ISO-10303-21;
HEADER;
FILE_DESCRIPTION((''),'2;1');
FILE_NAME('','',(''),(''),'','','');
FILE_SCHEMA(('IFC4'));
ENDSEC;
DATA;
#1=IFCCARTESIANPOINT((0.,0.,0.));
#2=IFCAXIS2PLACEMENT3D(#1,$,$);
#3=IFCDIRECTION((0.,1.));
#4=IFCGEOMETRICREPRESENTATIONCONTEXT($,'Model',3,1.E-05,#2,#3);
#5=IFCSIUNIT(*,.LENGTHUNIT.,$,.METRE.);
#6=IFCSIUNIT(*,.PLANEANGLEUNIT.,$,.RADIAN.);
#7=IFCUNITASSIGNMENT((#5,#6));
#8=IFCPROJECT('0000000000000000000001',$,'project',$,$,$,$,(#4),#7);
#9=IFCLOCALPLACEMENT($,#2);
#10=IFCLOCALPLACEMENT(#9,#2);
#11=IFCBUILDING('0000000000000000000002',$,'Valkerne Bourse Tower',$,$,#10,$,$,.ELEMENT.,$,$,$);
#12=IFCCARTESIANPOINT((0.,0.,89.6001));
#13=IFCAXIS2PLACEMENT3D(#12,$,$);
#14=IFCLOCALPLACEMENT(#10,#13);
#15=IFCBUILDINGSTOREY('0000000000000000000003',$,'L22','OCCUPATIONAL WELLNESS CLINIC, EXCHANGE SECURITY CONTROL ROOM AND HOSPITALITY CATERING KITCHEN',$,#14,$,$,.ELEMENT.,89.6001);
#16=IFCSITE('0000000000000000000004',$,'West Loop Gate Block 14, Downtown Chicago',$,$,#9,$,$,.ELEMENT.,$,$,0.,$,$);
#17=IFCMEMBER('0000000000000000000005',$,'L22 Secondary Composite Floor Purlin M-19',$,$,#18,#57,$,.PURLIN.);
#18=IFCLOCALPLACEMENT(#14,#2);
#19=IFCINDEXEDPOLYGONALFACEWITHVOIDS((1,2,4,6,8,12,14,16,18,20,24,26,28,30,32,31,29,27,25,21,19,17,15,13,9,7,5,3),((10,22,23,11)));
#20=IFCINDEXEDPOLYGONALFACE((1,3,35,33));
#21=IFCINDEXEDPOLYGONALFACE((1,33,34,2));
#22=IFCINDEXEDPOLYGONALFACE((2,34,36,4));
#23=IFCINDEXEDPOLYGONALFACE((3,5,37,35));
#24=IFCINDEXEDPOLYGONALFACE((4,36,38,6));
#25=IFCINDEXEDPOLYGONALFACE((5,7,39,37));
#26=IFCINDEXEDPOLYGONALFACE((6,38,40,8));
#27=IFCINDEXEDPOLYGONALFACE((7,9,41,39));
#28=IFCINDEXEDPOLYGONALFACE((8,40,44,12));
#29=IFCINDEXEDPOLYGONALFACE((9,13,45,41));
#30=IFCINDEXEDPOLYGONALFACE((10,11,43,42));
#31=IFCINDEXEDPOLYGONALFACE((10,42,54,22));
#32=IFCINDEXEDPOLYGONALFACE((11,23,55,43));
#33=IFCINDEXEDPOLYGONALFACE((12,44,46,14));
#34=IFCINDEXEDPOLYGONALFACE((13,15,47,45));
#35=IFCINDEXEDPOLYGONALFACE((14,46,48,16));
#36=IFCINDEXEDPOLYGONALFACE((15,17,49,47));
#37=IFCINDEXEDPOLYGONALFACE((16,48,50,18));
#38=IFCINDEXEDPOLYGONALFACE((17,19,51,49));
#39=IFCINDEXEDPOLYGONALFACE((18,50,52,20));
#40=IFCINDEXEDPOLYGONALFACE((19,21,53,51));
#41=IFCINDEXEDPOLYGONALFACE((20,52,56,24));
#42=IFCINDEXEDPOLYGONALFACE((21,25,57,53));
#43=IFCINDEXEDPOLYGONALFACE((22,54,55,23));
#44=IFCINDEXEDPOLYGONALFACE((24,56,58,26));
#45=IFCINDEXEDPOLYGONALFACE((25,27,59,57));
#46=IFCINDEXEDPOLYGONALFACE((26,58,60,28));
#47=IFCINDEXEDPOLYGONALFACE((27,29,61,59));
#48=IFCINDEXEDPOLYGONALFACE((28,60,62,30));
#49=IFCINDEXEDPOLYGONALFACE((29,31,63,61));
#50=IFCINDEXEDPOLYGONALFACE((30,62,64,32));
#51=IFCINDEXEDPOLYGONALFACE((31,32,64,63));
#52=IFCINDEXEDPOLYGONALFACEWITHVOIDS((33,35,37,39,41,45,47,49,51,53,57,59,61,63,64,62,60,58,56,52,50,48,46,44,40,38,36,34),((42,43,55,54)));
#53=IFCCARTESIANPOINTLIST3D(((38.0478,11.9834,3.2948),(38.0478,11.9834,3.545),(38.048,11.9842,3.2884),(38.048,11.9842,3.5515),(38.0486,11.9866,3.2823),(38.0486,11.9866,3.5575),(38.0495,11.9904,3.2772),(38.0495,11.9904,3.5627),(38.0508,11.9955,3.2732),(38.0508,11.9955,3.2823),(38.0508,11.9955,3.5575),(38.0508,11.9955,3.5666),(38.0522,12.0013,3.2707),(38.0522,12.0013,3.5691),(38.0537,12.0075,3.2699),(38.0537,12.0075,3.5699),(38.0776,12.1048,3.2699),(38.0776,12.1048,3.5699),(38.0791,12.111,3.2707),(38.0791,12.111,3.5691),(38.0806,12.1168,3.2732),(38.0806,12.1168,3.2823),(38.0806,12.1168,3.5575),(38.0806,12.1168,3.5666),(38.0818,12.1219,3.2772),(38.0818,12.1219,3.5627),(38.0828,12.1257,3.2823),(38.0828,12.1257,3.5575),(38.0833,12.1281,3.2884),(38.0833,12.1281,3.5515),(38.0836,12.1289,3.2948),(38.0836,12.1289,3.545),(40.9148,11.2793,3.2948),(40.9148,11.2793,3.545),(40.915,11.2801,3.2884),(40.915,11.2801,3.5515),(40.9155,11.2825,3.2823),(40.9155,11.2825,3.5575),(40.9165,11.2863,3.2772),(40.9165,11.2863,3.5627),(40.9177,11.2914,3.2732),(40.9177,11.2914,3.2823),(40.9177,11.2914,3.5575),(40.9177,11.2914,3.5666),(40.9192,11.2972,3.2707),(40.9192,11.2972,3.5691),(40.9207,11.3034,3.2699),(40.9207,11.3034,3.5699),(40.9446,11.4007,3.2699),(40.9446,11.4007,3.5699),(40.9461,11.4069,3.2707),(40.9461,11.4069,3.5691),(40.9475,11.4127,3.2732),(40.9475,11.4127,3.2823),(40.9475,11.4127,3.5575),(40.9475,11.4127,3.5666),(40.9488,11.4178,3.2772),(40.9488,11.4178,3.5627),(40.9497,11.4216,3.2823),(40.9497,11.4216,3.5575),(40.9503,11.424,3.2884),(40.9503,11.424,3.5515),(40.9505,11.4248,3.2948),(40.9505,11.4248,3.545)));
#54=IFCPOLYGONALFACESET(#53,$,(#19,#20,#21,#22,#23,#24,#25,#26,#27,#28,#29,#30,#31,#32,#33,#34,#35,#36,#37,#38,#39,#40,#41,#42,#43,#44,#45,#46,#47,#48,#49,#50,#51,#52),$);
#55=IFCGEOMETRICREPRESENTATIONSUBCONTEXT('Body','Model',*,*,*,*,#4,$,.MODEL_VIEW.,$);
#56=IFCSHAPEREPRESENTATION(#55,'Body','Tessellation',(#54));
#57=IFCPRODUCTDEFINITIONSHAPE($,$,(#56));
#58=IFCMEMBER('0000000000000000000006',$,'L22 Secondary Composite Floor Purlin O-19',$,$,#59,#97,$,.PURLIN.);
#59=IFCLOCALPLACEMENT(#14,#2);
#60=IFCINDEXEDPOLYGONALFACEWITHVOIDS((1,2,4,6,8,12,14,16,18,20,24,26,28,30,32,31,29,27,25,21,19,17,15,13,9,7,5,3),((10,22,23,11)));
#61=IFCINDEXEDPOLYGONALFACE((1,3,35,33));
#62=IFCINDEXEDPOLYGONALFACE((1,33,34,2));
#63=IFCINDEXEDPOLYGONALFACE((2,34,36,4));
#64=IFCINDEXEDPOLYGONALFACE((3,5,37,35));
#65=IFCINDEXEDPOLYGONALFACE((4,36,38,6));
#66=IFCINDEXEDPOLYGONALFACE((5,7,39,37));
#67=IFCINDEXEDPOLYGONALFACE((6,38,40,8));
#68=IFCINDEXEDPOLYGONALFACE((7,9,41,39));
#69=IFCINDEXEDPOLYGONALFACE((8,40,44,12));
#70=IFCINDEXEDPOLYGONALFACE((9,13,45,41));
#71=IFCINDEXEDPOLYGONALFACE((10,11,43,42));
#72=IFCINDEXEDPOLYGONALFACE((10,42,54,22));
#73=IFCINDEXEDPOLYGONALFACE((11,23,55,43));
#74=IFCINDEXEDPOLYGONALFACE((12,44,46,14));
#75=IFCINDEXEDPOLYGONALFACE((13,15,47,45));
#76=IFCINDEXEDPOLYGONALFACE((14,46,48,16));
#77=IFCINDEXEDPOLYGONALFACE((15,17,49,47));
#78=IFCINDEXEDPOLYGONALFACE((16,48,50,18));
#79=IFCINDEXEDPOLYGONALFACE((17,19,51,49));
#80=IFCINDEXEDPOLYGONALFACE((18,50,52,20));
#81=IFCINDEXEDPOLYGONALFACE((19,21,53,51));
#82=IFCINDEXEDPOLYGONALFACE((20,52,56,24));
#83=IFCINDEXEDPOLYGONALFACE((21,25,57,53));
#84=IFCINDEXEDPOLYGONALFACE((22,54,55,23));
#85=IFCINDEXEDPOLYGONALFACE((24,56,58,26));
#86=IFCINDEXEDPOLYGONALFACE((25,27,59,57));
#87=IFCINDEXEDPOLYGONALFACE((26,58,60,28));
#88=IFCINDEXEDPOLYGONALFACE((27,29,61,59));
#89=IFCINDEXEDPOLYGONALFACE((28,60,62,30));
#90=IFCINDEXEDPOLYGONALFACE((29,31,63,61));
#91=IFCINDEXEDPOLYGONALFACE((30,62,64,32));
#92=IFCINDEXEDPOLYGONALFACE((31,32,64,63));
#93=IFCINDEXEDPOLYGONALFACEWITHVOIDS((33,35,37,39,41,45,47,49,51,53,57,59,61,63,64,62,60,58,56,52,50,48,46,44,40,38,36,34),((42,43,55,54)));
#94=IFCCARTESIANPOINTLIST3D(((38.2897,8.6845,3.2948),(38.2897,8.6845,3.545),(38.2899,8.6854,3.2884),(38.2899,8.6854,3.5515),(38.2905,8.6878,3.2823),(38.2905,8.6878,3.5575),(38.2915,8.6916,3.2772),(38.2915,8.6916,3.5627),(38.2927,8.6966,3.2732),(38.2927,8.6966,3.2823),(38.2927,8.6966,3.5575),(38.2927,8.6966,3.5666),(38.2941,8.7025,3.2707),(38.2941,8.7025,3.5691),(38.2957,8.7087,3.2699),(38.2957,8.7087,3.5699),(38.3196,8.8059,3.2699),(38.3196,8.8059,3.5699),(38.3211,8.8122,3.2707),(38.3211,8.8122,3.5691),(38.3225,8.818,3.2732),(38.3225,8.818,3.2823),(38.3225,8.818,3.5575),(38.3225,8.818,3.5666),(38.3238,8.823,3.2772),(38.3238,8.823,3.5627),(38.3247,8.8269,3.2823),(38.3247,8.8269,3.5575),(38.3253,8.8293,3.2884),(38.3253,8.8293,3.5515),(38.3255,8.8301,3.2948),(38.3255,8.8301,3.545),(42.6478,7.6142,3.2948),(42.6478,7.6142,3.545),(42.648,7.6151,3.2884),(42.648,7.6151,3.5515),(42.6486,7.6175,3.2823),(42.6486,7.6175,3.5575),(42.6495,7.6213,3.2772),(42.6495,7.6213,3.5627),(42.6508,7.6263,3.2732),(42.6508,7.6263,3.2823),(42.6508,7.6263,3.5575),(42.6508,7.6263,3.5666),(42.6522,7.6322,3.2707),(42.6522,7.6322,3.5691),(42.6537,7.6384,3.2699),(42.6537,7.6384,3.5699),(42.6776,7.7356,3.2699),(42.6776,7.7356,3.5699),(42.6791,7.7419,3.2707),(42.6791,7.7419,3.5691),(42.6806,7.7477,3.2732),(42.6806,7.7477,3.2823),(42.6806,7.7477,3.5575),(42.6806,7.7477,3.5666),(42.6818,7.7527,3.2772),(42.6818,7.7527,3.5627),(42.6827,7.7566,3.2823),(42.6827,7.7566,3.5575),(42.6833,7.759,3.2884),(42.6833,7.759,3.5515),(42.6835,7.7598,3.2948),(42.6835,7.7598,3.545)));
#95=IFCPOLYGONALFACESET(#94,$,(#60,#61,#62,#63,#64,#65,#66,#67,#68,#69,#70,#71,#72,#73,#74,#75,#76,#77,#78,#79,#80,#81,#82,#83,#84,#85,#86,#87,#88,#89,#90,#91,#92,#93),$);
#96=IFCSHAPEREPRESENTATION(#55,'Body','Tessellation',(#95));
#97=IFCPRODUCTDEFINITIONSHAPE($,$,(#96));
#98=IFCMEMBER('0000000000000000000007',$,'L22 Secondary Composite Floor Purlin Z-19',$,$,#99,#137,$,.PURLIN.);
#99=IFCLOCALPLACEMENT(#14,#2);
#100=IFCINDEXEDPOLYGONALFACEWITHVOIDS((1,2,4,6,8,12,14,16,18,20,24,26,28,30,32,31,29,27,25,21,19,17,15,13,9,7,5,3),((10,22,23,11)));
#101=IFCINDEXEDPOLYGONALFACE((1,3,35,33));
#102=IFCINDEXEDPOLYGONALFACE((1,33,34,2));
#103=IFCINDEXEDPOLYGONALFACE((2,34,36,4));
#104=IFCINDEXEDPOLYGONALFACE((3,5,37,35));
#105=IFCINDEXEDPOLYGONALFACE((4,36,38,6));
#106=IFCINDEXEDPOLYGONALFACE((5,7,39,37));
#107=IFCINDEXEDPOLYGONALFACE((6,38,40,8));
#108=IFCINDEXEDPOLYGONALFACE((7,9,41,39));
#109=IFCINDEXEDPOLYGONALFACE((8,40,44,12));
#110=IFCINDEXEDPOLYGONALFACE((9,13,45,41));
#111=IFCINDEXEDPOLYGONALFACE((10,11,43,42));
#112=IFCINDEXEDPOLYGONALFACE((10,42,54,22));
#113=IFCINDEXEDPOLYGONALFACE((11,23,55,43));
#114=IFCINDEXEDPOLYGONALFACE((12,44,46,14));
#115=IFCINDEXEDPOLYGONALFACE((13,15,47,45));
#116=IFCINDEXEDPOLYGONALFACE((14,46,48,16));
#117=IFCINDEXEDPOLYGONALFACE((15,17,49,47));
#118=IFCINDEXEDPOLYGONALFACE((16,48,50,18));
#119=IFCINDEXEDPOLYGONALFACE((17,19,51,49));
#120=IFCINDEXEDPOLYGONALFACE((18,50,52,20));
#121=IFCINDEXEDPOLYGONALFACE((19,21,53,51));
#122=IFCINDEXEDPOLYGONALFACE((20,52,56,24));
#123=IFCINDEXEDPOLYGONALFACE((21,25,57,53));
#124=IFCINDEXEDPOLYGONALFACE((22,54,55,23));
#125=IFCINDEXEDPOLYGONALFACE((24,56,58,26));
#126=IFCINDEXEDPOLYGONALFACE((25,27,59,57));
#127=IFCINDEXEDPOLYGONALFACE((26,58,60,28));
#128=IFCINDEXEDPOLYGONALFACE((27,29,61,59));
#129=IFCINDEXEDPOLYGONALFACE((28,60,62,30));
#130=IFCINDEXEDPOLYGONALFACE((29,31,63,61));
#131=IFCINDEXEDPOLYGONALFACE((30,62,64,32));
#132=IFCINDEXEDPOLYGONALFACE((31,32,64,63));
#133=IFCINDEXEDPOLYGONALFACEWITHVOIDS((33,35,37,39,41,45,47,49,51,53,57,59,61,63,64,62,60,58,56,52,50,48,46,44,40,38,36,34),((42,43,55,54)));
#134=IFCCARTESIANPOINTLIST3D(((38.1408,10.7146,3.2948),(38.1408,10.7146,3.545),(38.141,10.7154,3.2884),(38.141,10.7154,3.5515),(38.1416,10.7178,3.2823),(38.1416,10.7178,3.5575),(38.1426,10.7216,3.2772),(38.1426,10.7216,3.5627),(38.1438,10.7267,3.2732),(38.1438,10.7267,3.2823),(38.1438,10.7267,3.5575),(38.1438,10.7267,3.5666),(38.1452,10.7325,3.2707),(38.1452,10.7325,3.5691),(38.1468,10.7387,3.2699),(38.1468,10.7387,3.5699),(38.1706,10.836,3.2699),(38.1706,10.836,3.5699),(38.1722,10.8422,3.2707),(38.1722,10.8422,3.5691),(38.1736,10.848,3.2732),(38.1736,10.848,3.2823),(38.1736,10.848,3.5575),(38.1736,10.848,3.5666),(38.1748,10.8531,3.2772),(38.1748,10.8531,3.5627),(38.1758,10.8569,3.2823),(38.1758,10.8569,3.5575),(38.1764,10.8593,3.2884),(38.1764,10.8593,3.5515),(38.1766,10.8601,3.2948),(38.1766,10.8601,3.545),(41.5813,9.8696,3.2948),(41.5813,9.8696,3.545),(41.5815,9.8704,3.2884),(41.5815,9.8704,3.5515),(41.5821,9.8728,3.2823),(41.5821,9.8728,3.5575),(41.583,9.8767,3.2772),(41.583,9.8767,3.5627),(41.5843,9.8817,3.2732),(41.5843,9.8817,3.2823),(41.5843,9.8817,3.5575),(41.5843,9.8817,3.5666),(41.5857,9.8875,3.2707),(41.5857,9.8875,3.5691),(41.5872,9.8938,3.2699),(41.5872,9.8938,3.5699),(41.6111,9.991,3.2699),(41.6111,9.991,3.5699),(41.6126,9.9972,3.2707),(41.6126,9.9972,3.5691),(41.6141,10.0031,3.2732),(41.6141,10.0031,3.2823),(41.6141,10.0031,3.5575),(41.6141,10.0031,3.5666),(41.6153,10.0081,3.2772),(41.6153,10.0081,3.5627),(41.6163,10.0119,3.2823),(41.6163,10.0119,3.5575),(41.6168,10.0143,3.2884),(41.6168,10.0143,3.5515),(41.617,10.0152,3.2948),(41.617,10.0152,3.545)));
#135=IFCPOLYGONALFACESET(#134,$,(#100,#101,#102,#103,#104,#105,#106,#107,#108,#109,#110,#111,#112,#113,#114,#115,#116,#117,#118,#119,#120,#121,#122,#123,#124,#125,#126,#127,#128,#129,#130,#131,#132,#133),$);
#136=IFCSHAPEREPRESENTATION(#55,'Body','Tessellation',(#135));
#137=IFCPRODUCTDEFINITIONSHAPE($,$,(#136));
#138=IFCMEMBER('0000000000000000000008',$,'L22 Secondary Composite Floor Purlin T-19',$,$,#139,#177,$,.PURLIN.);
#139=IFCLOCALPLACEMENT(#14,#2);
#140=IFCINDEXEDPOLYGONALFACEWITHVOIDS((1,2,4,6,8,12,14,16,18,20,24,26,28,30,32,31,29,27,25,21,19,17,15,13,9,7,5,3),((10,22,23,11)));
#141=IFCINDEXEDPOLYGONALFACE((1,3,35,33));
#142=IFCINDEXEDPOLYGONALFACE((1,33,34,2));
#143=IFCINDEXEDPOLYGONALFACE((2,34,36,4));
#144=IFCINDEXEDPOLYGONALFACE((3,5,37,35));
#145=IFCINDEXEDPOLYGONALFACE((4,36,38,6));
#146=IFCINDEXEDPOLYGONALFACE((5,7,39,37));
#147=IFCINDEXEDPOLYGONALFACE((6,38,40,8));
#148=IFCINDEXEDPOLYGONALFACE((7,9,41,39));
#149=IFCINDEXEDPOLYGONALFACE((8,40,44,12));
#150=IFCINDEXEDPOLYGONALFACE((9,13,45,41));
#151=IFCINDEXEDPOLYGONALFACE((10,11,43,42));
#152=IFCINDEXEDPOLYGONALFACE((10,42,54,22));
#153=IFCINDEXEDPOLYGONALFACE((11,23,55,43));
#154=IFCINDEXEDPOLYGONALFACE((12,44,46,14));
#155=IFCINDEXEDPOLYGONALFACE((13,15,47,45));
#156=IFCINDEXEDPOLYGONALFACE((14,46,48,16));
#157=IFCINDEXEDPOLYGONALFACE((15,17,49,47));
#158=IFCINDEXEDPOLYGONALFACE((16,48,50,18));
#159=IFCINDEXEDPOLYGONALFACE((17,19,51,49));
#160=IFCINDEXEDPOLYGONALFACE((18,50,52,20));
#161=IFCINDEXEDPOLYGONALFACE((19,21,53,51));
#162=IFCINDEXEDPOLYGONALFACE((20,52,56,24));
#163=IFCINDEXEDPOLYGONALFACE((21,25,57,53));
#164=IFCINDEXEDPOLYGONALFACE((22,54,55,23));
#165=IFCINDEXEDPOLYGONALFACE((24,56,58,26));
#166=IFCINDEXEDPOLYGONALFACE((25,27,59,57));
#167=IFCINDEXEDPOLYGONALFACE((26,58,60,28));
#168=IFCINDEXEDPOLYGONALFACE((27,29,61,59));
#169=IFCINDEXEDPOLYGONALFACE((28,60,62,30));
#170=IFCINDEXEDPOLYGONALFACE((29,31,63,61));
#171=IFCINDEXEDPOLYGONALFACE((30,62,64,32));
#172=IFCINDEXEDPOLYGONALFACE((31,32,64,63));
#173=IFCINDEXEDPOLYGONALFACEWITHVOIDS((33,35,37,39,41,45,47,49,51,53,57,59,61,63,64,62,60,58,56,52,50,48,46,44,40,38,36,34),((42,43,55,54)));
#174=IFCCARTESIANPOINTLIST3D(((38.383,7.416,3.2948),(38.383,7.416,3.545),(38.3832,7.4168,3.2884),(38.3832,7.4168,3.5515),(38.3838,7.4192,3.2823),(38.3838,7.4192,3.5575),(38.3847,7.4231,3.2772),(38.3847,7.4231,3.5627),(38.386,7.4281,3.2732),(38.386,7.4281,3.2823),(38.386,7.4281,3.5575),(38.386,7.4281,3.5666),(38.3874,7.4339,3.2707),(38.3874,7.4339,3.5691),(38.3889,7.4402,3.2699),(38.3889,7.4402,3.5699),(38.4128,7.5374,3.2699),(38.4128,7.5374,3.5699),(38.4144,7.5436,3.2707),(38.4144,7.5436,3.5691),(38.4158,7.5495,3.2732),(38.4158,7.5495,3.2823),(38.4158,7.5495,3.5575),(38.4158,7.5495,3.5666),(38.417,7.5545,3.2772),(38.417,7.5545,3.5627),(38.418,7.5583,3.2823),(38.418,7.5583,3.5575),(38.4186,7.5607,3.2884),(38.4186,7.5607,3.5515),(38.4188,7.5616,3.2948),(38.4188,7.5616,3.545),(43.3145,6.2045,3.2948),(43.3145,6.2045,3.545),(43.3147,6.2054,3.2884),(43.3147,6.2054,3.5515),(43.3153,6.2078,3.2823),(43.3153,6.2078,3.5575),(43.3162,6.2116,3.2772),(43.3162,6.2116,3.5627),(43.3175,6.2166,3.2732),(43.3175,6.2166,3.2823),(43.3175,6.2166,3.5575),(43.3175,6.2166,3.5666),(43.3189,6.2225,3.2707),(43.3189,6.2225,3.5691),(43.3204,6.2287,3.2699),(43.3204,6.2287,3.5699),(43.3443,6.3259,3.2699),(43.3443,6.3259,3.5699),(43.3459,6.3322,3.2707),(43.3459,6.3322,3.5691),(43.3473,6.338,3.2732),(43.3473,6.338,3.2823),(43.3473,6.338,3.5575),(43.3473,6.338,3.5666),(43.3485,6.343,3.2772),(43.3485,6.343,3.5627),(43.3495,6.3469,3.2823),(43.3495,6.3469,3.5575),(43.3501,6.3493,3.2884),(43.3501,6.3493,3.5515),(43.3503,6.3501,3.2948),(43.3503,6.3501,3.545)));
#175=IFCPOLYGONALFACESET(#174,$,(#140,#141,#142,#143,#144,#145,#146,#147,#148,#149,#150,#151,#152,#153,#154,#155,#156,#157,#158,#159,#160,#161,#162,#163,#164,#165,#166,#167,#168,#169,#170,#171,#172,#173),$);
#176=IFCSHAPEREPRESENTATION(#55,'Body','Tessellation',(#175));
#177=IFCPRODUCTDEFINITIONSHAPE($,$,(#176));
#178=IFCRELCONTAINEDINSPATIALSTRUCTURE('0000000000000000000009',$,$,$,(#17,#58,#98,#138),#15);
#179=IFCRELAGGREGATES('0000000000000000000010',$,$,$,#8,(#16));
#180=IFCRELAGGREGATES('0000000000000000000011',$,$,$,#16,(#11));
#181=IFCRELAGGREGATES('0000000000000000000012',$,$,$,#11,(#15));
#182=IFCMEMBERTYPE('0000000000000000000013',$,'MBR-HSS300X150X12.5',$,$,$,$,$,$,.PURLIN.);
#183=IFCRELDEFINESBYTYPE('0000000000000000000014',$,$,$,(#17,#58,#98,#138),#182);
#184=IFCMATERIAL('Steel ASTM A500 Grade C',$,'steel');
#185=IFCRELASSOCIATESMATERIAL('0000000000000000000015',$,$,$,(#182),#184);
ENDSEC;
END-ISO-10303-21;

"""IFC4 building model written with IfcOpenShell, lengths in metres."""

from ifc_helpers import new_model, si_unit, direction, frame, origin, origin_2d, place, context, subcontext, project, spatial, hollow_rectangle, extrude, material, material_profile, profile_set, type_object, element, save


model = new_model("IFC4")

# Units and contexts
model_context = context("Model", 3, precision=1e-05, world=origin(), true_north=direction((0.0, 1.0)))
body_context = subcontext(model_context, "Body", "Model", "MODEL_VIEW")
ifc_project = project(units=[si_unit("LENGTHUNIT", "METRE"), si_unit("PLANEANGLEUNIT", "RADIAN")], contexts=[model_context])

# Site, building, storey
site_placement = place(None, origin())
site = spatial("IfcSite", under=ifc_project, at=site_placement, Name="West Loop Gate Block 14, Downtown Chicago", CompositionType="ELEMENT", RefElevation=0.0)
building_placement = place(site_placement, origin())
building = spatial("IfcBuilding", under=site, at=building_placement, Name="Valkerne Bourse Tower", CompositionType="ELEMENT")
storey_placement = place(building_placement, frame((0.0, 0.0, 89.6001)))
storey = spatial("IfcBuildingStorey", under=building, at=storey_placement, Name="L22", Description="OCCUPATIONAL WELLNESS CLINIC, EXCHANGE SECURITY CONTROL ROOM AND HOSPITALITY CATERING KITCHEN", CompositionType="ELEMENT", Elevation=89.6001)

# Members
ifc_material_1 = material(Name="Steel ASTM A500 Grade C", Category="steel")
ifc_material_profile_1 = material_profile(ifc_material_1, hollow_rectangle(XDim=0.1499, YDim=0.3, WallThickness=0.0125, OuterFilletRadius=0.0249, at=origin_2d()), Name="HSS300X150X12.5")
ifc_profile_set_1 = profile_set([ifc_material_profile_1], Name="Steel ASTM A500 Grade C")
member_type_1 = type_object("IfcMemberType", Name="MBR-HSS300X150X12.5", PredefinedType="PURLIN", material=ifc_profile_set_1)
member_1_placement = place(storey_placement, frame((38.0657, 12.0562, 3.4199), z_axis=(0.971141, -0.238506, 0.0), x_axis=(0.238506, 0.971141, 0.0)))
element("IfcMember", 1, at=member_1_placement, inside=storey, type_object=member_type_1, Name="L22 Secondary Composite Floor Purlin M-19", PredefinedType="PURLIN", context=body_context, shape_type="SweptSolid", body=[
    extrude(hollow_rectangle(XDim=0.1499, YDim=0.3, WallThickness=0.0125, OuterFilletRadius=0.0249, at=origin_2d()), origin(), (0.0, 0.0, 1.0), 2.9521),
])
member_2_placement = place(storey_placement, frame((38.3076, 8.7573, 3.4199), z_axis=(0.971142, -0.238501, 0.0), x_axis=(0.238501, 0.971142, 0.0)))
element("IfcMember", 2, at=member_2_placement, inside=storey, type_object=member_type_1, Name="L22 Secondary Composite Floor Purlin O-19", PredefinedType="PURLIN", context=body_context, shape_type="SweptSolid", body=[
    extrude(hollow_rectangle(XDim=0.1499, YDim=0.3, WallThickness=0.0125, OuterFilletRadius=0.0249, at=origin_2d()), origin(), (0.0, 0.0, 1.0), 4.4875),
])
member_3_placement = place(storey_placement, frame((38.1587, 10.7874, 3.4199), z_axis=(0.97114, -0.238512, 0.0), x_axis=(0.238512, 0.97114, 0.0)))
element("IfcMember", 3, at=member_3_placement, inside=storey, type_object=member_type_1, Name="L22 Secondary Composite Floor Purlin Z-19", PredefinedType="PURLIN", context=body_context, shape_type="SweptSolid", body=[
    extrude(hollow_rectangle(XDim=0.1499, YDim=0.3, WallThickness=0.0125, OuterFilletRadius=0.0249, at=origin_2d()), origin(), (0.0, 0.0, 1.0), 3.5427),
])
member_4_placement = place(storey_placement, frame((38.4009, 7.4888, 3.4199), z_axis=(0.971127, -0.238563, 0.0), x_axis=(0.238563, 0.971127, 0.0)))
element("IfcMember", 4, at=member_4_placement, inside=storey, type_object=member_type_1, Name="L22 Secondary Composite Floor Purlin T-19", PredefinedType="PURLIN", context=body_context, shape_type="SweptSolid", body=[
    extrude(hollow_rectangle(XDim=0.1499, YDim=0.3, WallThickness=0.0125, OuterFilletRadius=0.0249, at=origin_2d()), origin(), (0.0, 0.0, 1.0), 5.0781),
])

save(model, "model.ifc")
